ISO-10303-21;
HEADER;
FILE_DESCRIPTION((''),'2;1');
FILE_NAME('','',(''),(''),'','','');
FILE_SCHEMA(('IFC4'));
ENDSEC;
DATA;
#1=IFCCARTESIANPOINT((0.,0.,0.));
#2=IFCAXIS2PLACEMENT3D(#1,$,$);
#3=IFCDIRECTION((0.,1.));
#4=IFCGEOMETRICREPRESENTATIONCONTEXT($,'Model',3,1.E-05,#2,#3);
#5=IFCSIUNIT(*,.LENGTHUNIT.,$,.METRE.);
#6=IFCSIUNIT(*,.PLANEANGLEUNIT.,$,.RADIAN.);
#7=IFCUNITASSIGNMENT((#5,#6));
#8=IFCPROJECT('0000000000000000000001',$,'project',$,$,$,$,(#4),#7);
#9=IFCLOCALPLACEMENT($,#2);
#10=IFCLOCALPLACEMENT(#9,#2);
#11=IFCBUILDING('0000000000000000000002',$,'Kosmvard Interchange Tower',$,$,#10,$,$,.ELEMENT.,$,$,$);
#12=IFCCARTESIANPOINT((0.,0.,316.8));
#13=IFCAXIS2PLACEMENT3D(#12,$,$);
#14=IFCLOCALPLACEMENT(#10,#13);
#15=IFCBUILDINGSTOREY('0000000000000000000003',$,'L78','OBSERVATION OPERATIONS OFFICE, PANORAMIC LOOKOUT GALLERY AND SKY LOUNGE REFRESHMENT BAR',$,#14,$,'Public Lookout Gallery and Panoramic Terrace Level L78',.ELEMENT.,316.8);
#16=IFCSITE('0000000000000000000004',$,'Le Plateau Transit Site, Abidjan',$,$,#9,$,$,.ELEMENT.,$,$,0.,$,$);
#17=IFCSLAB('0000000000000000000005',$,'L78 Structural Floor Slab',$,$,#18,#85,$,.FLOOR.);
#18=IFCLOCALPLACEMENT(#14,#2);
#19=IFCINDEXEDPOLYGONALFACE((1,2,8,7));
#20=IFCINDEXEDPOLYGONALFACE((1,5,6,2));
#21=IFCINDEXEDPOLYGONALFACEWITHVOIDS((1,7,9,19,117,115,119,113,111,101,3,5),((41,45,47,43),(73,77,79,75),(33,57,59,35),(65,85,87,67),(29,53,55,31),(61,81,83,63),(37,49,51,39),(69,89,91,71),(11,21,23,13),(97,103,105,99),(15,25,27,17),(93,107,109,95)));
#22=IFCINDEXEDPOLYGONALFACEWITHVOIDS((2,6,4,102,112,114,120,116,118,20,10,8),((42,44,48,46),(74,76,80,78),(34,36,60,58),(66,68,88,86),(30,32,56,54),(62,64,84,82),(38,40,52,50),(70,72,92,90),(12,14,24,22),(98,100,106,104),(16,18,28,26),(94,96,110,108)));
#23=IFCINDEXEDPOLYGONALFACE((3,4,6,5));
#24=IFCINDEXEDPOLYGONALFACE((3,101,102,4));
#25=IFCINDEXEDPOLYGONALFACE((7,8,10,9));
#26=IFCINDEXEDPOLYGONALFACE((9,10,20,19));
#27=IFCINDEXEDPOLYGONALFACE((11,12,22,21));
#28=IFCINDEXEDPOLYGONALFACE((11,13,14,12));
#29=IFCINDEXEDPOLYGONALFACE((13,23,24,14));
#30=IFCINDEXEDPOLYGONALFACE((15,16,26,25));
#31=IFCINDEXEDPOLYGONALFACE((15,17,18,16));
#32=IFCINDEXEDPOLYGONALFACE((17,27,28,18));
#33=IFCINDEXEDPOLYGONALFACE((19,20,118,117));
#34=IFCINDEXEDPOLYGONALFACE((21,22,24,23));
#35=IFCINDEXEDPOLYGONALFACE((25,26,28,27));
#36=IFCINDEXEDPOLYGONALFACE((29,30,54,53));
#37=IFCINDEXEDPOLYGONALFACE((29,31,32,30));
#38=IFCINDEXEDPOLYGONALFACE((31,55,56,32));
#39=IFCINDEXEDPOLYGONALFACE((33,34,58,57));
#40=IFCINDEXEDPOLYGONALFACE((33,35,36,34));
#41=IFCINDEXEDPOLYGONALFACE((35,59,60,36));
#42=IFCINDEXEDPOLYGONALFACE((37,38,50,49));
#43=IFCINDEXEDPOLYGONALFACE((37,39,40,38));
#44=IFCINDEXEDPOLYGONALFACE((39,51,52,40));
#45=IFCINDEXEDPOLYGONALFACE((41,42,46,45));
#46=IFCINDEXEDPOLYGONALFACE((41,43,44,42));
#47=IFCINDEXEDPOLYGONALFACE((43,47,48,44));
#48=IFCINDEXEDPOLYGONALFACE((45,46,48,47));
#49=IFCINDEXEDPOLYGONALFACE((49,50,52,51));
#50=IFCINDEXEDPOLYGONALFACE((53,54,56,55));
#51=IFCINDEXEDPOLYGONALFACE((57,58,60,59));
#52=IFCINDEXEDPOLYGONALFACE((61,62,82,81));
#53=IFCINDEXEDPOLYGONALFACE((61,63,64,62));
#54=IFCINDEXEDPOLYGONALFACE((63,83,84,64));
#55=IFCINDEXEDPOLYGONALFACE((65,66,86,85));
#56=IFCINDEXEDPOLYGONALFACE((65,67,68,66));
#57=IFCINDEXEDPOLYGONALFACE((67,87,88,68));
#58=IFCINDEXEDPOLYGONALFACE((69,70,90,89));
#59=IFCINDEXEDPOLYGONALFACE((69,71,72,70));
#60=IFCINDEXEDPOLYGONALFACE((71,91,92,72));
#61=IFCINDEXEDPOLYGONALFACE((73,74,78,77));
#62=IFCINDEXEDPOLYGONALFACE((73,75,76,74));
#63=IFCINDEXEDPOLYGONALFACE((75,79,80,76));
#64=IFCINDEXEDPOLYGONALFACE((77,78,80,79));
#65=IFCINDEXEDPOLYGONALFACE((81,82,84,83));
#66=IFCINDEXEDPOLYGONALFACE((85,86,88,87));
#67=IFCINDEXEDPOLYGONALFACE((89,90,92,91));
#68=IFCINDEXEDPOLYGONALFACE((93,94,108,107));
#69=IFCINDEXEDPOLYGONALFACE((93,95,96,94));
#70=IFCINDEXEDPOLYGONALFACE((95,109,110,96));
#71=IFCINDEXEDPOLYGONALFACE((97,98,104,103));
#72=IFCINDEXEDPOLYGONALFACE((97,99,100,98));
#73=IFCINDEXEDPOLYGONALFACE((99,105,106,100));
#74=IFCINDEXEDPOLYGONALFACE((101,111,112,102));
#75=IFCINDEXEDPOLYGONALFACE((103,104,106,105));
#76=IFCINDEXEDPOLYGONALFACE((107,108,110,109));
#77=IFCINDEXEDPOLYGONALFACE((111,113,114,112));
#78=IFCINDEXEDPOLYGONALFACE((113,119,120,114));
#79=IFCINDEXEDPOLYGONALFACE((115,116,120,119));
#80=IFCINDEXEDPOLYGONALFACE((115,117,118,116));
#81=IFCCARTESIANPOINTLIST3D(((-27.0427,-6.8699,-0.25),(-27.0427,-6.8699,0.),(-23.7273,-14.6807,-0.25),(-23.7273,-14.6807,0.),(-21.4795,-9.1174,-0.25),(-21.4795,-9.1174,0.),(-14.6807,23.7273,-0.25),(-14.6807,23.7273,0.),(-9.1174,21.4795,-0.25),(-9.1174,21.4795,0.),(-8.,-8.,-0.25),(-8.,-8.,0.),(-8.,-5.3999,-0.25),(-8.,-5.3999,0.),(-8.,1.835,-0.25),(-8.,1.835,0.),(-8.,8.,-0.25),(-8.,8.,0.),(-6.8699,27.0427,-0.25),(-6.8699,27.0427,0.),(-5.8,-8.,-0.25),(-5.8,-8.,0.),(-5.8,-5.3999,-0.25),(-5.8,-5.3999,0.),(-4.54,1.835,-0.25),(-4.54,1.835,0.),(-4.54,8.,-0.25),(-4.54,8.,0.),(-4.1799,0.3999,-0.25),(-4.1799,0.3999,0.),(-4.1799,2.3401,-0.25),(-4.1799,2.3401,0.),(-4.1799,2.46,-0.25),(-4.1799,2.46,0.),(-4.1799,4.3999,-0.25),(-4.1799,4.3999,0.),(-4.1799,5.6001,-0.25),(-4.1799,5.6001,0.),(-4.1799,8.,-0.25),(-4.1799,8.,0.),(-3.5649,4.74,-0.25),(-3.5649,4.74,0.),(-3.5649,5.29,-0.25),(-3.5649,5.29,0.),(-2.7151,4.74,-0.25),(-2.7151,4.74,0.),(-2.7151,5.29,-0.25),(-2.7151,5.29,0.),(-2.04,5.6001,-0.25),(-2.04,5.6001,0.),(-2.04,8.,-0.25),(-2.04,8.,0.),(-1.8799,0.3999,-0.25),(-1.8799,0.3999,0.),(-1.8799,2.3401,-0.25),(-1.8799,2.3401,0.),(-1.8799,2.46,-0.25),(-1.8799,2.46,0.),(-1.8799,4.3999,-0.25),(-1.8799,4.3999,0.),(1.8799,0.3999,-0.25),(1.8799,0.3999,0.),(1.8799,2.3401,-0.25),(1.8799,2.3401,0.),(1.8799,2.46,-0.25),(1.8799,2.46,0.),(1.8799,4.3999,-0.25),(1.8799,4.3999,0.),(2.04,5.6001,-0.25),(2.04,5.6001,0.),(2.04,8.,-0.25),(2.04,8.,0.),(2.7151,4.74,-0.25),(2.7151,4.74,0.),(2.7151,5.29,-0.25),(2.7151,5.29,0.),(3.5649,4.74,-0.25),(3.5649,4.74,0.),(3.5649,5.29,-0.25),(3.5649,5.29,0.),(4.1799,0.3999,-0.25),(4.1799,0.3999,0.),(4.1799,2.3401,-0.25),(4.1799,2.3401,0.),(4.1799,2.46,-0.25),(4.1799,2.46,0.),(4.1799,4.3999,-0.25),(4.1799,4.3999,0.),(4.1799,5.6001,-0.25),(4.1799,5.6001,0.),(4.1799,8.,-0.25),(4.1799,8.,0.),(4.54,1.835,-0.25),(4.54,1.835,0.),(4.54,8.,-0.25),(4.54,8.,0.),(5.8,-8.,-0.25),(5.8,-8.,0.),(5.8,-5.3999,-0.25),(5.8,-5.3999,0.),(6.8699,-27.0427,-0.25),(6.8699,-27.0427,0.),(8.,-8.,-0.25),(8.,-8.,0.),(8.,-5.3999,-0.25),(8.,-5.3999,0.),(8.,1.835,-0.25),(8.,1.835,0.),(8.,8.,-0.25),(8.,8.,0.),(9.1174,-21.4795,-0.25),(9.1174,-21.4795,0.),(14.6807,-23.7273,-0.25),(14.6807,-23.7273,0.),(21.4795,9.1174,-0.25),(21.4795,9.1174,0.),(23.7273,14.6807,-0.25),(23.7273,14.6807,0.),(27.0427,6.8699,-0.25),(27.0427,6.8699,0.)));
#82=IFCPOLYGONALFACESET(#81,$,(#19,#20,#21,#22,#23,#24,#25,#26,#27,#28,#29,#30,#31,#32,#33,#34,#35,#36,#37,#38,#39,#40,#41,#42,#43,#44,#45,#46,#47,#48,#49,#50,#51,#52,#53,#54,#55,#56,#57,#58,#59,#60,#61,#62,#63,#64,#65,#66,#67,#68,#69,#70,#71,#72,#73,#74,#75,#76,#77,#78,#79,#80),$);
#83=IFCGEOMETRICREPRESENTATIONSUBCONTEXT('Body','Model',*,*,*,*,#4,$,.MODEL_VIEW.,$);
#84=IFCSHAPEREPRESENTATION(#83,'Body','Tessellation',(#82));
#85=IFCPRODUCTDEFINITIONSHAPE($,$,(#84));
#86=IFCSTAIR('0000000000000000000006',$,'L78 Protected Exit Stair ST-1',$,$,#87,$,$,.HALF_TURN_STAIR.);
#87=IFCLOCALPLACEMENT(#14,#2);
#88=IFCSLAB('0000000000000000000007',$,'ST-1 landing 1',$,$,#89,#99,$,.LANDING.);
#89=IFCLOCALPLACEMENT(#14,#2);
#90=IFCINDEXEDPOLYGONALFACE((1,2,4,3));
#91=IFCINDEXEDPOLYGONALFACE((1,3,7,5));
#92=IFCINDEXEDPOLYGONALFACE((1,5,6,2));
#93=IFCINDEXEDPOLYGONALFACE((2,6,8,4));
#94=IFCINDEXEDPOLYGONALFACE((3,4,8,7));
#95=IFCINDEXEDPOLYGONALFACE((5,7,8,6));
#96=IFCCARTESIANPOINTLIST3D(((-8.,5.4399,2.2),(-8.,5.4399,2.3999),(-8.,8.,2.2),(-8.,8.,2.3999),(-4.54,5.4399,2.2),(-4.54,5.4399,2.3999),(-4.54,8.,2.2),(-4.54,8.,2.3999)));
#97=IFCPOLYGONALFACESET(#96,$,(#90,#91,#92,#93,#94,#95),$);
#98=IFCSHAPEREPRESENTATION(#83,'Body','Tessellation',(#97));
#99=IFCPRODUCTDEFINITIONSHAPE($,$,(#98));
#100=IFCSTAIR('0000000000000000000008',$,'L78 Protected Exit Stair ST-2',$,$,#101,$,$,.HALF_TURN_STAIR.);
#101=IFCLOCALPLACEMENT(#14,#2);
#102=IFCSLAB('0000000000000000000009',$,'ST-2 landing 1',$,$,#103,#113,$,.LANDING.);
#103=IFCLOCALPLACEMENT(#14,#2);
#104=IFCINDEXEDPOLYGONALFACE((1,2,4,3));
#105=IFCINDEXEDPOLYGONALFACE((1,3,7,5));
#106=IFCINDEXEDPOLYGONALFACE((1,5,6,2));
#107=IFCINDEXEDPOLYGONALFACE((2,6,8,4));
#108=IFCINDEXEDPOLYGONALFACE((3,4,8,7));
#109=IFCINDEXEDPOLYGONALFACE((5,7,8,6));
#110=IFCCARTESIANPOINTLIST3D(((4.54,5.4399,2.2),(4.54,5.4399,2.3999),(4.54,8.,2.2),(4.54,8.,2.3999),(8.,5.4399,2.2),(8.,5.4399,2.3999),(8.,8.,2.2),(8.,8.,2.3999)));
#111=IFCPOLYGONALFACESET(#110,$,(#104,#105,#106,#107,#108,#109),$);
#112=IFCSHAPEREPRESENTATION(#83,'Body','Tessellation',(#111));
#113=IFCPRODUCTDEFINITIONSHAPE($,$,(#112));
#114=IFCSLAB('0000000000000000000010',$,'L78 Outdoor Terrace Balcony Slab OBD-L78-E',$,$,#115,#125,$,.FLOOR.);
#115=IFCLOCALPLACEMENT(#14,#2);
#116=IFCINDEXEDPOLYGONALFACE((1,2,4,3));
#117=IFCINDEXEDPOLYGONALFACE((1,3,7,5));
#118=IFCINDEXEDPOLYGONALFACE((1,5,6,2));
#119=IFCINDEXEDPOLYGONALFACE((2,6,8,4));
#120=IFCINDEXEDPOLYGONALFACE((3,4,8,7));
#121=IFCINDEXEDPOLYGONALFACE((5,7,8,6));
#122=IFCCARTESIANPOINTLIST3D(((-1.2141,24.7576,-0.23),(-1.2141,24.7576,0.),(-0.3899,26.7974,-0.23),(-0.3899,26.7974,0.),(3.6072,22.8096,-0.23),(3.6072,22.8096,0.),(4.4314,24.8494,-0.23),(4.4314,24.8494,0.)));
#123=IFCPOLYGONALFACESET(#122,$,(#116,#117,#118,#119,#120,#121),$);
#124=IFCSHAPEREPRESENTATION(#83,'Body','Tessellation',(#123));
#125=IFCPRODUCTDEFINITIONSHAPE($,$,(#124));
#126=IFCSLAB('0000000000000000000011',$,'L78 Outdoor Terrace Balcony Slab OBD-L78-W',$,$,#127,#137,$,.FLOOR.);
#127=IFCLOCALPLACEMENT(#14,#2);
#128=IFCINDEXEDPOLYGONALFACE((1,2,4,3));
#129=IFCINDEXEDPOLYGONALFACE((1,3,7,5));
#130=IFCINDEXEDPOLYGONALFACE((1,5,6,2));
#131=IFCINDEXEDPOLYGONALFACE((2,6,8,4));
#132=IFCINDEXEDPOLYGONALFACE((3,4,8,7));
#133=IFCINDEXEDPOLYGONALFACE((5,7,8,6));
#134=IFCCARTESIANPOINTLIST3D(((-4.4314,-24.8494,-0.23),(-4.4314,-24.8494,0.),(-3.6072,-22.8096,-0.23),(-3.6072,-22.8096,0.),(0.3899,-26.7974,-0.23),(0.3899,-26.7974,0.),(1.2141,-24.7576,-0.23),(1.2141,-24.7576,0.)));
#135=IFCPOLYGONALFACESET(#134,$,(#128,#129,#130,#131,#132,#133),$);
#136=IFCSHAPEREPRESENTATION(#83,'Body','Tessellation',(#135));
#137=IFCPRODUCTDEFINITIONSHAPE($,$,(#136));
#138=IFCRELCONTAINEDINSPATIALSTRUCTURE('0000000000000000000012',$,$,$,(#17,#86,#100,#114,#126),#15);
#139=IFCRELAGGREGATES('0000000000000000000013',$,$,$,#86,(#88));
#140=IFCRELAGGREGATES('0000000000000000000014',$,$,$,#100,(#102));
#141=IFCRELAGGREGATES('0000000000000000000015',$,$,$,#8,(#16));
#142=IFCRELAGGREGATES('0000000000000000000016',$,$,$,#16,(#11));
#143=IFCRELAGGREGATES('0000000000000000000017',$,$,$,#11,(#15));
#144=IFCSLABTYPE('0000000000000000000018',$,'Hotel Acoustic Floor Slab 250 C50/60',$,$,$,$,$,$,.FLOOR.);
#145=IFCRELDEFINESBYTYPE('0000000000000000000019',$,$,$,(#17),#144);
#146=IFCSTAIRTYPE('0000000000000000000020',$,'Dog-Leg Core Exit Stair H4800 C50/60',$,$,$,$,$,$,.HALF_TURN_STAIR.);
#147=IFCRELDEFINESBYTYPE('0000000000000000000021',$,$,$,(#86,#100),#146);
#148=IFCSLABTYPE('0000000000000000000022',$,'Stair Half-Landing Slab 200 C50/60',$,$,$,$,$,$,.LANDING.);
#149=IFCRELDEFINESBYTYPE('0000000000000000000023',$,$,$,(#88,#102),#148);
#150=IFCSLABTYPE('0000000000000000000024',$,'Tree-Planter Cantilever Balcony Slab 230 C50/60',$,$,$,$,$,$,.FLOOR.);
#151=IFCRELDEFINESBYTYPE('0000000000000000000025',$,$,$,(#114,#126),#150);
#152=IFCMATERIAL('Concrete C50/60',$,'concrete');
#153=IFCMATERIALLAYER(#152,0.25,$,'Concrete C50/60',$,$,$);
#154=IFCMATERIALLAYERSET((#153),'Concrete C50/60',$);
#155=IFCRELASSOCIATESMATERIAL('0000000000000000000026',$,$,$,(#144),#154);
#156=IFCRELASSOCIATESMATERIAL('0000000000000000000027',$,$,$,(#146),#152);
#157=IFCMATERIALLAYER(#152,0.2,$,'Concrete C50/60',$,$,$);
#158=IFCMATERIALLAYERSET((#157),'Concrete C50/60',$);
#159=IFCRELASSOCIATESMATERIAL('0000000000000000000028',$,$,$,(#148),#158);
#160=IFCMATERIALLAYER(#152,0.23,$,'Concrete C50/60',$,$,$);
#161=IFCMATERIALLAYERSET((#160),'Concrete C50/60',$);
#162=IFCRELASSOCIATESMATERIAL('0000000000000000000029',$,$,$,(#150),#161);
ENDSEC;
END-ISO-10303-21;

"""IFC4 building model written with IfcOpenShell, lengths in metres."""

from ifc_helpers import new_model, si_unit, direction, frame, origin, place, context, subcontext, project, spatial, polyline, outline, extrude, material, layer, layer_set, type_object, element, aggregate, save


model = new_model("IFC4")

# Units and contexts
model_context = context("Model", 3, precision=1e-05, world=origin(), true_north=direction((0.0, 1.0)))
body_context = subcontext(model_context, "Body", "Model", "MODEL_VIEW")
ifc_project = project(units=[si_unit("LENGTHUNIT", "METRE"), si_unit("PLANEANGLEUNIT", "RADIAN")], contexts=[model_context])

# Site, building, storey
site_placement = place(None, origin())
site = spatial("IfcSite", under=ifc_project, at=site_placement, Name="Le Plateau Transit Site, Abidjan", CompositionType="ELEMENT", RefElevation=0.0)
building_placement = place(site_placement, origin())
building = spatial("IfcBuilding", under=site, at=building_placement, Name="Kosmvard Interchange Tower", CompositionType="ELEMENT")
storey_placement = place(building_placement, frame((0.0, 0.0, 316.8)))
storey = spatial("IfcBuildingStorey", under=building, at=storey_placement, Name="L78", Description="OBSERVATION OPERATIONS OFFICE, PANORAMIC LOOKOUT GALLERY AND SKY LOUNGE REFRESHMENT BAR", LongName="Public Lookout Gallery and Panoramic Terrace Level L78", CompositionType="ELEMENT", Elevation=316.8)

# Slab
ifc_material_1 = material(Name="Concrete C50/60", Category="concrete")
ifc_layer_1 = layer(ifc_material_1, 0.25, Name="Concrete C50/60")
ifc_layer_set_1 = layer_set([ifc_layer_1], Name="Concrete C50/60")
slab_type_1 = type_object("IfcSlabType", Name="Hotel Acoustic Floor Slab 250 C50/60", PredefinedType="FLOOR", material=ifc_layer_set_1)
slab_1_placement = place(storey_placement, frame((0.0, 0.0, -0.25)))
element("IfcSlab", 1, at=slab_1_placement, inside=storey, type_object=slab_type_1, Name="L78 Structural Floor Slab", PredefinedType="FLOOR", context=body_context, shape_type="SweptSolid", body=[
    extrude(outline(polyline([(14.6807, -23.7273), (27.0427, 6.8699), (21.4795, 9.1174), (23.7273, 14.6807), (-6.8699, 27.0427), (-9.1174, 21.4795), (-14.6807, 23.7273), (-27.0427, -6.8699), (-21.4795, -9.1174), (-23.7273, -14.6807), (6.8699, -27.0427), (9.1174, -21.4795), (14.6807, -23.7273)]), holes=[polyline([(-8.0, 1.835), (-4.54, 1.835), (-4.54, 8.0), (-8.0, 8.0), (-8.0, 1.835)]), polyline([(4.54, 1.835), (8.0, 1.835), (8.0, 8.0), (4.54, 8.0), (4.54, 1.835)]), polyline([(-8.0, -8.0), (-5.8, -8.0), (-5.8, -5.3999), (-8.0, -5.3999), (-8.0, -8.0)]), polyline([(5.8, -8.0), (8.0, -8.0), (8.0, -5.3999), (5.8, -5.3999), (5.8, -8.0)]), polyline([(-4.1799, 0.3999), (-1.8799, 0.3999), (-1.8799, 2.3401), (-4.1799, 2.3401), (-4.1799, 0.3999)]), polyline([(-4.1799, 2.46), (-1.8799, 2.46), (-1.8799, 4.3999), (-4.1799, 4.3999), (-4.1799, 2.46)]), polyline([(1.8799, 0.3999), (4.1799, 0.3999), (4.1799, 2.3401), (1.8799, 2.3401), (1.8799, 0.3999)]), polyline([(1.8799, 2.46), (4.1799, 2.46), (4.1799, 4.3999), (1.8799, 4.3999), (1.8799, 2.46)]), polyline([(-4.1799, 5.6001), (-2.04, 5.6001), (-2.04, 8.0), (-4.1799, 8.0), (-4.1799, 5.6001)]), polyline([(2.04, 5.6001), (4.1799, 5.6001), (4.1799, 8.0), (2.04, 8.0), (2.04, 5.6001)]), polyline([(-3.5649, 4.74), (-2.7151, 4.74), (-2.7151, 5.29), (-3.5649, 5.29), (-3.5649, 4.74)]), polyline([(2.7151, 4.74), (3.5649, 4.74), (3.5649, 5.29), (2.7151, 5.29), (2.7151, 4.74)])]), origin(), (0.0, 0.0, 1.0), 0.25),
])

# Stairs, slabs
stair_type = type_object("IfcStairType", Name="Dog-Leg Core Exit Stair H4800 C50/60", PredefinedType="HALF_TURN_STAIR", material=ifc_material_1)
stair_1_placement = place(storey_placement, origin())
stair_1 = element("IfcStair", 2, at=stair_1_placement, inside=storey, type_object=stair_type, Name="L78 Protected Exit Stair ST-1", PredefinedType="HALF_TURN_STAIR")
ifc_layer_2 = layer(ifc_material_1, 0.2, Name="Concrete C50/60")
ifc_layer_set_2 = layer_set([ifc_layer_2], Name="Concrete C50/60")
slab_type_2 = type_object("IfcSlabType", Name="Stair Half-Landing Slab 200 C50/60", PredefinedType="LANDING", material=ifc_layer_set_2)
slab_2_placement = place(storey_placement, frame((0.0, 0.0, 2.2)))
slab_2 = element("IfcSlab", 3, at=slab_2_placement, type_object=slab_type_2, Name="ST-1 landing 1", PredefinedType="LANDING", context=body_context, shape_type="SweptSolid", body=[
    extrude(outline(polyline([(-4.54, 5.4399), (-4.54, 8.0), (-8.0, 8.0), (-8.0, 5.4399), (-4.54, 5.4399)])), origin(), (0.0, 0.0, 1.0), 0.2),
])
aggregate(stair_1, [slab_2])
stair_2_placement = place(storey_placement, origin())
stair_2 = element("IfcStair", 4, at=stair_2_placement, inside=storey, type_object=stair_type, Name="L78 Protected Exit Stair ST-2", PredefinedType="HALF_TURN_STAIR")
slab_3_placement = place(storey_placement, frame((0.0, 0.0, 2.2)))
slab_3 = element("IfcSlab", 5, at=slab_3_placement, type_object=slab_type_2, Name="ST-2 landing 1", PredefinedType="LANDING", context=body_context, shape_type="SweptSolid", body=[
    extrude(outline(polyline([(8.0, 5.4399), (8.0, 8.0), (4.54, 8.0), (4.54, 5.4399), (8.0, 5.4399)])), origin(), (0.0, 0.0, 1.0), 0.2),
])
aggregate(stair_2, [slab_3])

# Slabs
ifc_layer_3 = layer(ifc_material_1, 0.23, Name="Concrete C50/60")
ifc_layer_set_3 = layer_set([ifc_layer_3], Name="Concrete C50/60")
slab_type_3 = type_object("IfcSlabType", Name="Tree-Planter Cantilever Balcony Slab 230 C50/60", PredefinedType="FLOOR", material=ifc_layer_set_3)
slab_4_placement = place(storey_placement, frame((0.0, 0.0, -0.23)))
element("IfcSlab", 6, at=slab_4_placement, inside=storey, type_object=slab_type_3, Name="L78 Outdoor Terrace Balcony Slab OBD-L78-E", PredefinedType="FLOOR", context=body_context, shape_type="SweptSolid", body=[
    extrude(outline(polyline([(3.6072, 22.8096), (4.4314, 24.8494), (-0.3899, 26.7974), (-1.2141, 24.7576), (3.6072, 22.8096)])), origin(), (0.0, 0.0, 1.0), 0.23),
])
slab_5_placement = place(storey_placement, frame((0.0, 0.0, -0.23)))
element("IfcSlab", 7, at=slab_5_placement, inside=storey, type_object=slab_type_3, Name="L78 Outdoor Terrace Balcony Slab OBD-L78-W", PredefinedType="FLOOR", context=body_context, shape_type="SweptSolid", body=[
    extrude(outline(polyline([(0.3899, -26.7974), (1.2141, -24.7576), (-3.6072, -22.8096), (-4.4314, -24.8494), (0.3899, -26.7974)])), origin(), (0.0, 0.0, 1.0), 0.23),
])

save(model, "model.ifc")
